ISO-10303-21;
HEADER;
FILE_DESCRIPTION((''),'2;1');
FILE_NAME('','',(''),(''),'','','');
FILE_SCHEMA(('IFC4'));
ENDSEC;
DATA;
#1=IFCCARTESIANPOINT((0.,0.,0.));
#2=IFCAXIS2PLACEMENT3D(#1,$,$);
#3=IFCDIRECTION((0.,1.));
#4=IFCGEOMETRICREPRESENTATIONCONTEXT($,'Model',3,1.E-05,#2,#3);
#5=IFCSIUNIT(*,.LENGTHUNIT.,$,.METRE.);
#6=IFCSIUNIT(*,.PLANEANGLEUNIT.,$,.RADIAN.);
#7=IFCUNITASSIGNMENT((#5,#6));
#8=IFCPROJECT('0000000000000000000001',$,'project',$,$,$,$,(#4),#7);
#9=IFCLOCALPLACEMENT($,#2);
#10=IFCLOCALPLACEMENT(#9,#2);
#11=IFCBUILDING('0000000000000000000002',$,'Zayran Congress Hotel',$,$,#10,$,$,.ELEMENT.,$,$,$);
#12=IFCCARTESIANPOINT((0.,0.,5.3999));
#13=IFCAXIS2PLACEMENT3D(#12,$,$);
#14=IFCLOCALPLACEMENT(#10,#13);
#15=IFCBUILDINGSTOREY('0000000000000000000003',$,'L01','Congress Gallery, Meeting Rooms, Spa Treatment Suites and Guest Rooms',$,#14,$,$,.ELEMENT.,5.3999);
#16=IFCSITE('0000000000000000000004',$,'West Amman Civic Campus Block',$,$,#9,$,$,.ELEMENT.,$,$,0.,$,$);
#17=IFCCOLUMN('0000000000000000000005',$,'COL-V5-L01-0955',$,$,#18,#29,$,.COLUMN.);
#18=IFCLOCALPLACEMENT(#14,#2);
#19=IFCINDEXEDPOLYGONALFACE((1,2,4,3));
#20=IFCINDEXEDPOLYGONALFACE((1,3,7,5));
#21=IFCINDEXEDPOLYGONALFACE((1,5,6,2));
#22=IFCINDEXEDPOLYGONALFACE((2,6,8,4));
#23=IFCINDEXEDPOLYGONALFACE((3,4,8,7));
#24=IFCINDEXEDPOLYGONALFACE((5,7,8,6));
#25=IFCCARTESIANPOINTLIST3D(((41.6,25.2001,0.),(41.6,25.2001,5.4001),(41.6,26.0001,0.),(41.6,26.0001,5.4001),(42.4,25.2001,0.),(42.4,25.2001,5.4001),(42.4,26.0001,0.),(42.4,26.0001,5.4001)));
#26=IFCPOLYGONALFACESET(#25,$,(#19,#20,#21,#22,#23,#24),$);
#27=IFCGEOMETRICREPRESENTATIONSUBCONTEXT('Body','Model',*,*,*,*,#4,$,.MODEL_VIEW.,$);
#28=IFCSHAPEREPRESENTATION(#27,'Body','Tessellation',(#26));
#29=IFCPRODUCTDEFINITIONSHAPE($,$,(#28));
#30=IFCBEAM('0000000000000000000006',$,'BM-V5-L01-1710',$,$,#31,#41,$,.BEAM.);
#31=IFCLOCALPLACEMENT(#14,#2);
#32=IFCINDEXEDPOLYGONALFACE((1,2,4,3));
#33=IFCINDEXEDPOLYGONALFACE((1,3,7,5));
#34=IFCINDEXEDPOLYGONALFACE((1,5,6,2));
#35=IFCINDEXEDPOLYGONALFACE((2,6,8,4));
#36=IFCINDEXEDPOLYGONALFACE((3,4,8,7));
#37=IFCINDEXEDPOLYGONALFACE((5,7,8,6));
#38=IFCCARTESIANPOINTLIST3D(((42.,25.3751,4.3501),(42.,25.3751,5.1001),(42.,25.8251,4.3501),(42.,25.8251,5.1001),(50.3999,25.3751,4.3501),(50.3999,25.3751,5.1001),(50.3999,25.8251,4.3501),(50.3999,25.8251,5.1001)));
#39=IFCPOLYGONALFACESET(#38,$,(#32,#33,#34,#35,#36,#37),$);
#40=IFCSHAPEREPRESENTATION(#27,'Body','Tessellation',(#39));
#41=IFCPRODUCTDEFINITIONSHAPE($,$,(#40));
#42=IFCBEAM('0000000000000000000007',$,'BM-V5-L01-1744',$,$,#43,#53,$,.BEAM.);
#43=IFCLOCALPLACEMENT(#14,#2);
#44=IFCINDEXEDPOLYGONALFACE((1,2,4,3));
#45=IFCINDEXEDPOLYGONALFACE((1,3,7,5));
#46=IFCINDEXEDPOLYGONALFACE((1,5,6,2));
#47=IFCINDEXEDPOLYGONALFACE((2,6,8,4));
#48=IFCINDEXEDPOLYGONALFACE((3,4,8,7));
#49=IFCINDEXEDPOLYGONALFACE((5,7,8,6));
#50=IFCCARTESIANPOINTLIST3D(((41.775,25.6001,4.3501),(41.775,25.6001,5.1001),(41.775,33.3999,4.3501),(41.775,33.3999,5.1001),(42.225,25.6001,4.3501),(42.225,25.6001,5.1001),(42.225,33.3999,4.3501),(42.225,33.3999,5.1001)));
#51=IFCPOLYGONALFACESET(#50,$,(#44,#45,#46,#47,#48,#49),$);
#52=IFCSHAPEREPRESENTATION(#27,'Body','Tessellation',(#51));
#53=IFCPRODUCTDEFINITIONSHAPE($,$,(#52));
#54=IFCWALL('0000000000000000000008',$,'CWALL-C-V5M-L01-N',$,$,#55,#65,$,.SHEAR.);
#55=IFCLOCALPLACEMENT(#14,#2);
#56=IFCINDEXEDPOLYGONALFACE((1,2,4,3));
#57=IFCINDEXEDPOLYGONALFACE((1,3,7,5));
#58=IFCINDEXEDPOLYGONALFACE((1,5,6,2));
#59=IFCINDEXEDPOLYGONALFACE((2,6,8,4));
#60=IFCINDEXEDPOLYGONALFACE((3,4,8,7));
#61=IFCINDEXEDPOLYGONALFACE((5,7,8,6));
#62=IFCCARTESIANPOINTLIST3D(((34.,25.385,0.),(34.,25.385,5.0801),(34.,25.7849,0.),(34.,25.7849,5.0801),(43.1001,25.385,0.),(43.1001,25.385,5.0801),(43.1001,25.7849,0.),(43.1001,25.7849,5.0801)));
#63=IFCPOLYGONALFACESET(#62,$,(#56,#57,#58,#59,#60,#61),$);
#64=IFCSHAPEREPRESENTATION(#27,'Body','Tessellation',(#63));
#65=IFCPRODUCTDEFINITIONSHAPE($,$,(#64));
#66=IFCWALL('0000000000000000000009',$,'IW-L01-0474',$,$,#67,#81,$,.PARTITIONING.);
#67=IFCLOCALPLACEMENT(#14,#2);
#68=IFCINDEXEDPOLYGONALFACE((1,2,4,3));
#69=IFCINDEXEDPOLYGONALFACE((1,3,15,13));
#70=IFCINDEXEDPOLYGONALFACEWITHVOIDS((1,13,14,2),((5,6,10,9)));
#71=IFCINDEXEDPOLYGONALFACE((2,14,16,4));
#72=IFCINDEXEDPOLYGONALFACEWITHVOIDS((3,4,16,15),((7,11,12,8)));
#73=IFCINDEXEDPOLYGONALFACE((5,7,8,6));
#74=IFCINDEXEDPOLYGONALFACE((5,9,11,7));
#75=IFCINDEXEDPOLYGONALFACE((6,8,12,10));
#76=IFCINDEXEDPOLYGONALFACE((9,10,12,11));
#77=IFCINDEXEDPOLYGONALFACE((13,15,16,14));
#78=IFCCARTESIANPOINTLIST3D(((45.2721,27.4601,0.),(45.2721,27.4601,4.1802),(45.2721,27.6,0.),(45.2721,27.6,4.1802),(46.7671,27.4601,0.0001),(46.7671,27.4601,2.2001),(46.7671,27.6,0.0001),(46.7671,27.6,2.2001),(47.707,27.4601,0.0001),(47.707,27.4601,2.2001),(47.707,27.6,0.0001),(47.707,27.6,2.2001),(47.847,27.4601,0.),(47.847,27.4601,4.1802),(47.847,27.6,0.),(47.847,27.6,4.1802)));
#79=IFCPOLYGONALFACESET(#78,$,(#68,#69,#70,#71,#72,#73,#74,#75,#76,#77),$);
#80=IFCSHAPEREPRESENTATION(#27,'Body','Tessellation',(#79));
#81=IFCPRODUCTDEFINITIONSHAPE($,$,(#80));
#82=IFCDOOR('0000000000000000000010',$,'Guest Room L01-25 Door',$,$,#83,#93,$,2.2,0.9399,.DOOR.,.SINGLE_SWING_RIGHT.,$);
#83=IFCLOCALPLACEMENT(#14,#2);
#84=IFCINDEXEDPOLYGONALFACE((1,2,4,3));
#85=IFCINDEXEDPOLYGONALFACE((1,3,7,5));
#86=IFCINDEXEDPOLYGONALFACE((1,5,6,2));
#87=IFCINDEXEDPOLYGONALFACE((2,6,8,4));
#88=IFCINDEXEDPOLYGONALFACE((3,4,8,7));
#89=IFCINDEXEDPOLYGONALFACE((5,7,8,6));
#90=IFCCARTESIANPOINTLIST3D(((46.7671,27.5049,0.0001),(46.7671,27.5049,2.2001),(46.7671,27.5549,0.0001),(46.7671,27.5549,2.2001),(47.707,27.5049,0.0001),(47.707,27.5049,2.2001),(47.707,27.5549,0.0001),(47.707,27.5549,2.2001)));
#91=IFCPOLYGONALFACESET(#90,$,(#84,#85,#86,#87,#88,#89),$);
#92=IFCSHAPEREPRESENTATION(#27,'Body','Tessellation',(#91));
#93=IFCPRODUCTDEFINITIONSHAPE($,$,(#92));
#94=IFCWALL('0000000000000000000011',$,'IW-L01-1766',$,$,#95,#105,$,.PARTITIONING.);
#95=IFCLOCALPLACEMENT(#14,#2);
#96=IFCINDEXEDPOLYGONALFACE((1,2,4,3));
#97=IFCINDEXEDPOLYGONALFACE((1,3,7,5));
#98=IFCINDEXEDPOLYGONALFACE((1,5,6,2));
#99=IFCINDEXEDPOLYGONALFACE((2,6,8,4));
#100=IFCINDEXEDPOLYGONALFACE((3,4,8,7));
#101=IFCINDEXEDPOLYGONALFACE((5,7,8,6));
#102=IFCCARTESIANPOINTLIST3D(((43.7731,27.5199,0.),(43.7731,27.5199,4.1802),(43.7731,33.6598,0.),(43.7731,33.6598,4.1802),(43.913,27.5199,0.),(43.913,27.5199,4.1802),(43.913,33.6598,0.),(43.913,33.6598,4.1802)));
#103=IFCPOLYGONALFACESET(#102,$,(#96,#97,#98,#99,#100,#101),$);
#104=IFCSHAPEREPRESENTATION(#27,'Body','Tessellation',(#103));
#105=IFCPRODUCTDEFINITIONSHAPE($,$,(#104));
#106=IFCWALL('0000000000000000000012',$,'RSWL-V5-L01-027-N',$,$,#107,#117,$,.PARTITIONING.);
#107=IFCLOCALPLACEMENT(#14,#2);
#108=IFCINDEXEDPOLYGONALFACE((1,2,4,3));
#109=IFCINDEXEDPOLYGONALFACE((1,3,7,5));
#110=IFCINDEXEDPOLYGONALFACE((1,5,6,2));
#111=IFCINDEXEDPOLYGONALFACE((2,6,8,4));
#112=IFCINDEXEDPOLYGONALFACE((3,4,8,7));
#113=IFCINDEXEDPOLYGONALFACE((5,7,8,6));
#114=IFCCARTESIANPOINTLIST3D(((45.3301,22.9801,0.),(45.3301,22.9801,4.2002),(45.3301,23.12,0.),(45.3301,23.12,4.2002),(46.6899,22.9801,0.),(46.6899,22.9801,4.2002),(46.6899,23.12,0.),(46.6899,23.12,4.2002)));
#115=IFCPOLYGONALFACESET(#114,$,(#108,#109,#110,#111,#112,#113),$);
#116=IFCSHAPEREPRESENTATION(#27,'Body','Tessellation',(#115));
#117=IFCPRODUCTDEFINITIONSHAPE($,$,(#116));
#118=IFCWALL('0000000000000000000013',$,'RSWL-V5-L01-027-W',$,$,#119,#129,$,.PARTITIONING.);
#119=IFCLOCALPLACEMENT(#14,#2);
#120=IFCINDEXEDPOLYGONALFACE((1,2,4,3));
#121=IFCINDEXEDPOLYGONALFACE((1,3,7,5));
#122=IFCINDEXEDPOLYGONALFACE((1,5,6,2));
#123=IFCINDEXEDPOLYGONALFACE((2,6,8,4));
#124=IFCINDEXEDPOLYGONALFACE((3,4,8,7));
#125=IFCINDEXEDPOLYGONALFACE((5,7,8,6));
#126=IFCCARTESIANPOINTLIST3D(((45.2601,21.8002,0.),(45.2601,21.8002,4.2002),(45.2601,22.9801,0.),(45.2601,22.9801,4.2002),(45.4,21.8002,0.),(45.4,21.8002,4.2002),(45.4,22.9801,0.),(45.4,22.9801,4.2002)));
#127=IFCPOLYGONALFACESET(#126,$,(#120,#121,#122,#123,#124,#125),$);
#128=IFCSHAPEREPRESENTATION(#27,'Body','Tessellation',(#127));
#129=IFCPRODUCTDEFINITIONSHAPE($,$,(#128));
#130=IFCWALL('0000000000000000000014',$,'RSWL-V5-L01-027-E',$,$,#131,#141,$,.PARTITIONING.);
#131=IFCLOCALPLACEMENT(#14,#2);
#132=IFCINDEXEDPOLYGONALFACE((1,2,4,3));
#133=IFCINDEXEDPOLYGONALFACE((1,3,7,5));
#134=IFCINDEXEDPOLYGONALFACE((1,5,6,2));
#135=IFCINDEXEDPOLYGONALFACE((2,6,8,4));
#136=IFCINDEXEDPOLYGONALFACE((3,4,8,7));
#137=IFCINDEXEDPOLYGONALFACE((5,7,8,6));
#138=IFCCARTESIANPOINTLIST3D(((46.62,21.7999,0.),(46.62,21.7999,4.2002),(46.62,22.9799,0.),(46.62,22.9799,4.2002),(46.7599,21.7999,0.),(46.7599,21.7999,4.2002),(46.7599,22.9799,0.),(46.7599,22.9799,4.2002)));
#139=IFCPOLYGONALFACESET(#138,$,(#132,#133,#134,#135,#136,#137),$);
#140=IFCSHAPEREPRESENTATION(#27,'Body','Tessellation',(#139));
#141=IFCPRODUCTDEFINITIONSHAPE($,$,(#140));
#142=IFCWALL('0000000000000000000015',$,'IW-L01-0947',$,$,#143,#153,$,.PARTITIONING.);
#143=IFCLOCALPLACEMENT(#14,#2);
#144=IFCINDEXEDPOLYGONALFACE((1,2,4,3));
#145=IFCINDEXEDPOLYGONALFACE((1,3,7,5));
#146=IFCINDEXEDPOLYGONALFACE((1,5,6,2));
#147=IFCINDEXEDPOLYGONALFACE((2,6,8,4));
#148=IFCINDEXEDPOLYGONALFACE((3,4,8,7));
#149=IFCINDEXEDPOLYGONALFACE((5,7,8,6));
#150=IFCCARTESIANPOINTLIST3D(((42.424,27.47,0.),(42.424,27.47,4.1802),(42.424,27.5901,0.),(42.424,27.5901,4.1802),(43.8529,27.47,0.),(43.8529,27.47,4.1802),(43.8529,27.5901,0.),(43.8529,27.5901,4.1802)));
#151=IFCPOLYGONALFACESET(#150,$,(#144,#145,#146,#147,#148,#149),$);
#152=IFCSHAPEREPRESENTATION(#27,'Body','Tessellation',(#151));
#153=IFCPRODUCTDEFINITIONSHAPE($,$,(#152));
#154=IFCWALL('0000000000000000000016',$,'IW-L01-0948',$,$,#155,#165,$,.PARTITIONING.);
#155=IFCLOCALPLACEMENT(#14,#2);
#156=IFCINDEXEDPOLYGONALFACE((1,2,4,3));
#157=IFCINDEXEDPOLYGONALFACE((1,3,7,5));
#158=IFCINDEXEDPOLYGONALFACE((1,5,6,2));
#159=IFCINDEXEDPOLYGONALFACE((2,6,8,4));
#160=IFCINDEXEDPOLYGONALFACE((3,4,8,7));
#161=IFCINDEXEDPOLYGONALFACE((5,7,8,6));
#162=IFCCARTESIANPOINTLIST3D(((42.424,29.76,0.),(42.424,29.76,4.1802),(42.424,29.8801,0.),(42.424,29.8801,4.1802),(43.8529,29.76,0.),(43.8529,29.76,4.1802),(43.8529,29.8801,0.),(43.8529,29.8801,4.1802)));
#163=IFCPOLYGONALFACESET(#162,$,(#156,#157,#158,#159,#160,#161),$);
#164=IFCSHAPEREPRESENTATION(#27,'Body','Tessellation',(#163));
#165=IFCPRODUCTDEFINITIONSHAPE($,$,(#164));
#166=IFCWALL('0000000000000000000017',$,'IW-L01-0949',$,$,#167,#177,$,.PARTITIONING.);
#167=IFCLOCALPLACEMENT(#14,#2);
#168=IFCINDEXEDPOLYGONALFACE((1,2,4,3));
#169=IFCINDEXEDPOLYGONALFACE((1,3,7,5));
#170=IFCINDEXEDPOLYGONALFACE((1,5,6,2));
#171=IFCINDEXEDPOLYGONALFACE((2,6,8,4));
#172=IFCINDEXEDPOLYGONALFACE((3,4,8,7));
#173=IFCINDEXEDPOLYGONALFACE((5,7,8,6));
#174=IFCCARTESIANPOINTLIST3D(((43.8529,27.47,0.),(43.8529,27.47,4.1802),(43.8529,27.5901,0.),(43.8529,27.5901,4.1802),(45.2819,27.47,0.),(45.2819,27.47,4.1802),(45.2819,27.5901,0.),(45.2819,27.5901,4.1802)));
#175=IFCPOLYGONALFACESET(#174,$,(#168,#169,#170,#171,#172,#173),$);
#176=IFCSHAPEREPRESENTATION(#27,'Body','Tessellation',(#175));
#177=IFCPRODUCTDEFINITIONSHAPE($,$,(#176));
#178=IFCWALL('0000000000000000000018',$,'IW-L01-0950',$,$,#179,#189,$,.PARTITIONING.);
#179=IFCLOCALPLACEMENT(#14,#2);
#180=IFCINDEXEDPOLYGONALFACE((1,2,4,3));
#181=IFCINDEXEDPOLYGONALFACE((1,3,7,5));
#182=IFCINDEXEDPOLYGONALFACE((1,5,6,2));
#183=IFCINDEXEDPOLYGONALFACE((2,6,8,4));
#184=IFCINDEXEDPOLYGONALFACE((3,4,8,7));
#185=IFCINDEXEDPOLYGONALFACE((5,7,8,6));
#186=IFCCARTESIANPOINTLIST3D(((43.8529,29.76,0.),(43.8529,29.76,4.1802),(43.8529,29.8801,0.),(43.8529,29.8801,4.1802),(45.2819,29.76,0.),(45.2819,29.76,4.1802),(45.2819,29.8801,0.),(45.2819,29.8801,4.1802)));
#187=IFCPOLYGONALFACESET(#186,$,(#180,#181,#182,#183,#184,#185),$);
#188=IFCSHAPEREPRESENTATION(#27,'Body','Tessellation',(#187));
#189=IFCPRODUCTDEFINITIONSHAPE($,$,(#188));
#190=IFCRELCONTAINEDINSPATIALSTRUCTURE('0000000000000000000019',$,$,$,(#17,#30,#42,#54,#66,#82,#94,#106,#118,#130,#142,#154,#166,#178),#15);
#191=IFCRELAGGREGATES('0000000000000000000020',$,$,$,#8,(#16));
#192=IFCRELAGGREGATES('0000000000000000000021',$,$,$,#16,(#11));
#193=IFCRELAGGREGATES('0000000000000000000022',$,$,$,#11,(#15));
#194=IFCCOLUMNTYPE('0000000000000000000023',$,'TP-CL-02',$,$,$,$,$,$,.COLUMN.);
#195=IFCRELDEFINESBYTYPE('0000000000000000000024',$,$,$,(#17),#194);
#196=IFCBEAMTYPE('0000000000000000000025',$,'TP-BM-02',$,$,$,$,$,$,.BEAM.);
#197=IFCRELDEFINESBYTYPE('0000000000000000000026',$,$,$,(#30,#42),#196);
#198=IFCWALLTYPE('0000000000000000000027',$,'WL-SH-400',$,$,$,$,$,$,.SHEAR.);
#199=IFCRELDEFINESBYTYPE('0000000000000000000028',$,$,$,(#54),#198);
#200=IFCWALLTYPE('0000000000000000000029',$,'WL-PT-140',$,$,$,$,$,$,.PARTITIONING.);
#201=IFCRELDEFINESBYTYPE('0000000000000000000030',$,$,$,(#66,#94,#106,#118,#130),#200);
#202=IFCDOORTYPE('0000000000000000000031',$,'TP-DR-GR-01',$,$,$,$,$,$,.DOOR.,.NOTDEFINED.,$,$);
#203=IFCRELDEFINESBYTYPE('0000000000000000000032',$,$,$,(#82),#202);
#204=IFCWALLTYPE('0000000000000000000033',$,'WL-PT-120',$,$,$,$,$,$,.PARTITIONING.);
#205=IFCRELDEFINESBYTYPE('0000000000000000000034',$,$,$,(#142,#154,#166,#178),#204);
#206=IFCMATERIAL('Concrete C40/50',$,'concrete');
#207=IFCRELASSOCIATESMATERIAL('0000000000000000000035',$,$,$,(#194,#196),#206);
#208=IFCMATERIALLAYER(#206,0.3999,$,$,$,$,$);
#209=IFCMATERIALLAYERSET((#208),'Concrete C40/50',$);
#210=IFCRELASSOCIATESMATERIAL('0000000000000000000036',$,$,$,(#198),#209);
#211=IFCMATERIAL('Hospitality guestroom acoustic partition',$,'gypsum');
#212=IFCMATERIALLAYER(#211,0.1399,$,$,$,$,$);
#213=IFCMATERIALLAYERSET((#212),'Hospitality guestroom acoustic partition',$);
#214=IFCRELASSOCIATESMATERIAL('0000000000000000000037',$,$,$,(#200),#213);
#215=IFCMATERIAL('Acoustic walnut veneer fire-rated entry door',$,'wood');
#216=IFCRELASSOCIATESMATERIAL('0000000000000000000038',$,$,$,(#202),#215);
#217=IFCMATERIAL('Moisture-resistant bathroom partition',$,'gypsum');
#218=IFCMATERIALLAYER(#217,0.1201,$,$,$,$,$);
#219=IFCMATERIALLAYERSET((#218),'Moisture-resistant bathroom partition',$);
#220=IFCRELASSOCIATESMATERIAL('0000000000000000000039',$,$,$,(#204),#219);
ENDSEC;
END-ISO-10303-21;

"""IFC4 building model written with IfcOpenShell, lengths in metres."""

from ifc_helpers import new_model, si_unit, direction, frame, frame_2d, origin, origin_2d, place, context, subcontext, project, spatial, rectangle, extrude, material, layer, layer_set, material_profile, profile_set, type_object, element, fill, save


model = new_model("IFC4")

# Units and contexts
model_context = context("Model", 3, precision=1e-05, world=origin(), true_north=direction((0.0, 1.0)))
body_context = subcontext(model_context, "Body", "Model", "MODEL_VIEW")
ifc_project = project(units=[si_unit("LENGTHUNIT", "METRE"), si_unit("PLANEANGLEUNIT", "RADIAN")], contexts=[model_context])

# Site, building, storey
site_placement = place(None, origin())
site = spatial("IfcSite", under=ifc_project, at=site_placement, Name="West Amman Civic Campus Block", CompositionType="ELEMENT", RefElevation=0.0)
building_placement = place(site_placement, origin())
building = spatial("IfcBuilding", under=site, at=building_placement, Name="Zayran Congress Hotel", CompositionType="ELEMENT")
storey_placement = place(building_placement, frame((0.0, 0.0, 5.3999)))
storey = spatial("IfcBuildingStorey", under=building, at=storey_placement, Name="L01", Description="Congress Gallery, Meeting Rooms, Spa Treatment Suites and Guest Rooms", CompositionType="ELEMENT", Elevation=5.3999)

# Column
ifc_material_1 = material(Name="Concrete C40/50", Category="concrete")
ifc_material_profile_1 = material_profile(ifc_material_1, rectangle(XDim=0.8, YDim=0.8, at=origin_2d()), Name="RC 800x800")
ifc_profile_set_1 = profile_set([ifc_material_profile_1], Name="Concrete C40/50")
column_type = type_object("IfcColumnType", Name="TP-CL-02", PredefinedType="COLUMN", material=ifc_profile_set_1)
column_placement = place(storey_placement, frame((42.0, 25.6001, 0.0), z_axis=(0.0, 0.0, 1.0), x_axis=(1.0, 0.0, 0.0)))
element("IfcColumn", 1, at=column_placement, inside=storey, type_object=column_type, Name="COL-V5-L01-0955", PredefinedType="COLUMN", context=body_context, shape_type="SweptSolid", body=[
    extrude(rectangle(XDim=0.8, YDim=0.8, at=origin_2d()), origin(), (0.0, 0.0, 1.0), 5.4001),
])

# Beams
ifc_material_profile_2 = material_profile(ifc_material_1, rectangle(XDim=0.45, YDim=0.75, at=origin_2d()), Name="RC 450x750")
ifc_profile_set_2 = profile_set([ifc_material_profile_2], Name="Concrete C40/50")
beam_type = type_object("IfcBeamType", Name="TP-BM-02", PredefinedType="BEAM", material=ifc_profile_set_2)
beam_1_placement = place(storey_placement, frame((42.0, 25.6001, 4.7251), z_axis=(1.0, 0.0, 0.0), x_axis=(0.0, 1.0, 0.0)))
element("IfcBeam", 2, at=beam_1_placement, inside=storey, type_object=beam_type, Name="BM-V5-L01-1710", PredefinedType="BEAM", context=body_context, shape_type="SweptSolid", body=[
    extrude(rectangle(XDim=0.45, YDim=0.75, at=origin_2d()), origin(), (0.0, 0.0, 1.0), 8.3999),
])
beam_2_placement = place(storey_placement, frame((42.0, 25.6001, 4.7251), z_axis=(0.0, 1.0, 0.0), x_axis=(-1.0, 0.0, 0.0)))
element("IfcBeam", 3, at=beam_2_placement, inside=storey, type_object=beam_type, Name="BM-V5-L01-1744", PredefinedType="BEAM", context=body_context, shape_type="SweptSolid", body=[
    extrude(rectangle(XDim=0.45, YDim=0.75, at=origin_2d()), origin(), (0.0, 0.0, 1.0), 7.7998),
])

# Wall
ifc_layer_1 = layer(ifc_material_1, 0.3999)
ifc_layer_set_1 = layer_set([ifc_layer_1], Name="Concrete C40/50")
wall_type_1 = type_object("IfcWallType", Name="WL-SH-400", PredefinedType="SHEAR", material=ifc_layer_set_1)
wall_1_placement = place(storey_placement, frame((43.1001, 25.585, 0.0), z_axis=(0.0, 0.0, 1.0), x_axis=(-1.0, 0.0, 0.0)))
element("IfcWall", 4, at=wall_1_placement, inside=storey, type_object=wall_type_1, Name="CWALL-C-V5M-L01-N", PredefinedType="SHEAR", context=body_context, shape_type="SweptSolid", body=[
    extrude(rectangle(XDim=9.1001, YDim=0.3999, at=frame_2d((4.55, 0.0))), origin(), (0.0, 0.0, 1.0), 5.0801),
])

# Wall, opening, door
ifc_material_2 = material(Name="Hospitality guestroom acoustic partition", Category="gypsum")
ifc_layer_2 = layer(ifc_material_2, 0.1399)
ifc_layer_set_2 = layer_set([ifc_layer_2], Name="Hospitality guestroom acoustic partition")
wall_type_2 = type_object("IfcWallType", Name="WL-PT-140", PredefinedType="PARTITIONING", material=ifc_layer_set_2)
wall_2_placement = place(storey_placement, frame((45.272, 27.53, 0.0), z_axis=(0.0, 0.0, 1.0), x_axis=(1.0, 0.0, 0.0)))
wall_2 = element("IfcWall", 5, at=wall_2_placement, inside=storey, type_object=wall_type_2, Name="IW-L01-0474", PredefinedType="PARTITIONING", context=body_context, shape_type="SweptSolid", body=[
    extrude(rectangle(XDim=2.575, YDim=0.1399, at=frame_2d((1.2876, 0.0))), origin(), (0.0, 0.0, 1.0), 4.1802),
])
opening_1_placement = place(wall_2_placement, frame((1.4951, 0.0, 0.0)))
opening_1 = element("IfcOpeningElement", 6, at=opening_1_placement, cuts=wall_2, PredefinedType="OPENING", context=body_context, shape_type="SweptSolid", body=[
    extrude(rectangle(XDim=0.9399, YDim=2.2, at=frame_2d((0.47, 1.1001))), frame((0.0, 0.0798, 0.0), z_axis=(0.0, -1.0, 0.0), x_axis=(1.0, 0.0, 0.0)), (0.0, 0.0, 1.0), 0.1599),
])
ifc_material_3 = material(Name="Acoustic walnut veneer fire-rated entry door", Category="wood")
door_type_1 = type_object("IfcDoorType", Name="TP-DR-GR-01", OperationType="NOTDEFINED", PredefinedType="DOOR", material=ifc_material_3)
door_1_placement = place(opening_1_placement, origin())
door_1 = element("IfcDoor", 7, at=door_1_placement, inside=storey, type_object=door_type_1, Name="Guest Room L01-25 Door", OperationType="SINGLE_SWING_RIGHT", OverallHeight=2.2, OverallWidth=0.9399, PredefinedType="DOOR", context=body_context, shape_type="SweptSolid", body=[
    extrude(rectangle(XDim=0.9399, YDim=2.2, at=frame_2d((0.47, 1.1001))), frame((0.0, 0.0249, 0.0), z_axis=(0.0, -1.0, 0.0), x_axis=(1.0, 0.0, 0.0)), (0.0, 0.0, 1.0), 0.05),
])
fill(opening_1, door_1)

# Walls
wall_3_placement = place(storey_placement, frame((43.843, 27.52, 0.0), z_axis=(0.0, 0.0, 1.0), x_axis=(0.0, 1.0, 0.0)))
element("IfcWall", 8, at=wall_3_placement, inside=storey, type_object=wall_type_2, Name="IW-L01-1766", PredefinedType="PARTITIONING", context=body_context, shape_type="SweptSolid", body=[
    extrude(rectangle(XDim=6.1399, YDim=0.1399, at=frame_2d((3.0698, 0.0))), origin(), (0.0, 0.0, 1.0), 4.1802),
])
wall_4_placement = place(storey_placement, frame((46.6899, 23.05, 0.0), z_axis=(0.0, 0.0, 1.0), x_axis=(-1.0, 0.0, 0.0)))
element("IfcWall", 9, at=wall_4_placement, inside=storey, type_object=wall_type_2, Name="RSWL-V5-L01-027-N", PredefinedType="PARTITIONING", context=body_context, shape_type="SweptSolid", body=[
    extrude(rectangle(XDim=1.3599, YDim=0.1399, at=frame_2d((0.6799, 0.0))), origin(), (0.0, 0.0, 1.0), 4.2002),
])
for number, where, z_axis, x_axis, name in (
    (10, (45.3301, 22.98, 0.0), (0.0, 0.0, 1.0), (0.0, -1.0, 0.0), "RSWL-V5-L01-027-W"),
    (11, (46.6899, 21.8, 0.0), (0.0, 0.0, 1.0), (0.0, 1.0, 0.0), "RSWL-V5-L01-027-E"),
):
    element("IfcWall", number, at=place(storey_placement, frame(where, z_axis=z_axis, x_axis=x_axis)), inside=storey, type_object=wall_type_2, Name=name, PredefinedType="PARTITIONING", context=body_context, shape_type="SweptSolid", body=[
        extrude(rectangle(XDim=1.1799, YDim=0.1399, at=frame_2d((0.5898, 0.0))), origin(), (0.0, 0.0, 1.0), 4.2002),
    ])

# Shared definitions
ifc_material_4 = material(Name="Moisture-resistant bathroom partition", Category="gypsum")
ifc_layer_3 = layer(ifc_material_4, 0.1201)
ifc_layer_set_3 = layer_set([ifc_layer_3], Name="Moisture-resistant bathroom partition")
wall_type_3 = type_object("IfcWallType", Name="WL-PT-120", PredefinedType="PARTITIONING", material=ifc_layer_set_3)

# Walls
for number, where, z_axis, x_axis, name in (
    (12, (42.4241, 27.53, 0.0), (0.0, 0.0, 1.0), (1.0, 0.0, 0.0), "IW-L01-0947"),
    (13, (42.4241, 29.8201, 0.0), (0.0, 0.0, 1.0), (1.0, 0.0, 0.0), "IW-L01-0948"),
    (14, (43.853, 27.53, 0.0), (0.0, 0.0, 1.0), (1.0, 0.0, 0.0), "IW-L01-0949"),
    (15, (43.853, 29.8201, 0.0), (0.0, 0.0, 1.0), (1.0, 0.0, 0.0), "IW-L01-0950"),
):
    element("IfcWall", number, at=place(storey_placement, frame(where, z_axis=z_axis, x_axis=x_axis)), inside=storey, type_object=wall_type_3, Name=name, PredefinedType="PARTITIONING", context=body_context, shape_type="SweptSolid", body=[
        extrude(rectangle(XDim=1.429, YDim=0.1201, at=frame_2d((0.7144, 0.0))), origin(), (0.0, 0.0, 1.0), 4.1802),
    ])

save(model, "model.ifc")
